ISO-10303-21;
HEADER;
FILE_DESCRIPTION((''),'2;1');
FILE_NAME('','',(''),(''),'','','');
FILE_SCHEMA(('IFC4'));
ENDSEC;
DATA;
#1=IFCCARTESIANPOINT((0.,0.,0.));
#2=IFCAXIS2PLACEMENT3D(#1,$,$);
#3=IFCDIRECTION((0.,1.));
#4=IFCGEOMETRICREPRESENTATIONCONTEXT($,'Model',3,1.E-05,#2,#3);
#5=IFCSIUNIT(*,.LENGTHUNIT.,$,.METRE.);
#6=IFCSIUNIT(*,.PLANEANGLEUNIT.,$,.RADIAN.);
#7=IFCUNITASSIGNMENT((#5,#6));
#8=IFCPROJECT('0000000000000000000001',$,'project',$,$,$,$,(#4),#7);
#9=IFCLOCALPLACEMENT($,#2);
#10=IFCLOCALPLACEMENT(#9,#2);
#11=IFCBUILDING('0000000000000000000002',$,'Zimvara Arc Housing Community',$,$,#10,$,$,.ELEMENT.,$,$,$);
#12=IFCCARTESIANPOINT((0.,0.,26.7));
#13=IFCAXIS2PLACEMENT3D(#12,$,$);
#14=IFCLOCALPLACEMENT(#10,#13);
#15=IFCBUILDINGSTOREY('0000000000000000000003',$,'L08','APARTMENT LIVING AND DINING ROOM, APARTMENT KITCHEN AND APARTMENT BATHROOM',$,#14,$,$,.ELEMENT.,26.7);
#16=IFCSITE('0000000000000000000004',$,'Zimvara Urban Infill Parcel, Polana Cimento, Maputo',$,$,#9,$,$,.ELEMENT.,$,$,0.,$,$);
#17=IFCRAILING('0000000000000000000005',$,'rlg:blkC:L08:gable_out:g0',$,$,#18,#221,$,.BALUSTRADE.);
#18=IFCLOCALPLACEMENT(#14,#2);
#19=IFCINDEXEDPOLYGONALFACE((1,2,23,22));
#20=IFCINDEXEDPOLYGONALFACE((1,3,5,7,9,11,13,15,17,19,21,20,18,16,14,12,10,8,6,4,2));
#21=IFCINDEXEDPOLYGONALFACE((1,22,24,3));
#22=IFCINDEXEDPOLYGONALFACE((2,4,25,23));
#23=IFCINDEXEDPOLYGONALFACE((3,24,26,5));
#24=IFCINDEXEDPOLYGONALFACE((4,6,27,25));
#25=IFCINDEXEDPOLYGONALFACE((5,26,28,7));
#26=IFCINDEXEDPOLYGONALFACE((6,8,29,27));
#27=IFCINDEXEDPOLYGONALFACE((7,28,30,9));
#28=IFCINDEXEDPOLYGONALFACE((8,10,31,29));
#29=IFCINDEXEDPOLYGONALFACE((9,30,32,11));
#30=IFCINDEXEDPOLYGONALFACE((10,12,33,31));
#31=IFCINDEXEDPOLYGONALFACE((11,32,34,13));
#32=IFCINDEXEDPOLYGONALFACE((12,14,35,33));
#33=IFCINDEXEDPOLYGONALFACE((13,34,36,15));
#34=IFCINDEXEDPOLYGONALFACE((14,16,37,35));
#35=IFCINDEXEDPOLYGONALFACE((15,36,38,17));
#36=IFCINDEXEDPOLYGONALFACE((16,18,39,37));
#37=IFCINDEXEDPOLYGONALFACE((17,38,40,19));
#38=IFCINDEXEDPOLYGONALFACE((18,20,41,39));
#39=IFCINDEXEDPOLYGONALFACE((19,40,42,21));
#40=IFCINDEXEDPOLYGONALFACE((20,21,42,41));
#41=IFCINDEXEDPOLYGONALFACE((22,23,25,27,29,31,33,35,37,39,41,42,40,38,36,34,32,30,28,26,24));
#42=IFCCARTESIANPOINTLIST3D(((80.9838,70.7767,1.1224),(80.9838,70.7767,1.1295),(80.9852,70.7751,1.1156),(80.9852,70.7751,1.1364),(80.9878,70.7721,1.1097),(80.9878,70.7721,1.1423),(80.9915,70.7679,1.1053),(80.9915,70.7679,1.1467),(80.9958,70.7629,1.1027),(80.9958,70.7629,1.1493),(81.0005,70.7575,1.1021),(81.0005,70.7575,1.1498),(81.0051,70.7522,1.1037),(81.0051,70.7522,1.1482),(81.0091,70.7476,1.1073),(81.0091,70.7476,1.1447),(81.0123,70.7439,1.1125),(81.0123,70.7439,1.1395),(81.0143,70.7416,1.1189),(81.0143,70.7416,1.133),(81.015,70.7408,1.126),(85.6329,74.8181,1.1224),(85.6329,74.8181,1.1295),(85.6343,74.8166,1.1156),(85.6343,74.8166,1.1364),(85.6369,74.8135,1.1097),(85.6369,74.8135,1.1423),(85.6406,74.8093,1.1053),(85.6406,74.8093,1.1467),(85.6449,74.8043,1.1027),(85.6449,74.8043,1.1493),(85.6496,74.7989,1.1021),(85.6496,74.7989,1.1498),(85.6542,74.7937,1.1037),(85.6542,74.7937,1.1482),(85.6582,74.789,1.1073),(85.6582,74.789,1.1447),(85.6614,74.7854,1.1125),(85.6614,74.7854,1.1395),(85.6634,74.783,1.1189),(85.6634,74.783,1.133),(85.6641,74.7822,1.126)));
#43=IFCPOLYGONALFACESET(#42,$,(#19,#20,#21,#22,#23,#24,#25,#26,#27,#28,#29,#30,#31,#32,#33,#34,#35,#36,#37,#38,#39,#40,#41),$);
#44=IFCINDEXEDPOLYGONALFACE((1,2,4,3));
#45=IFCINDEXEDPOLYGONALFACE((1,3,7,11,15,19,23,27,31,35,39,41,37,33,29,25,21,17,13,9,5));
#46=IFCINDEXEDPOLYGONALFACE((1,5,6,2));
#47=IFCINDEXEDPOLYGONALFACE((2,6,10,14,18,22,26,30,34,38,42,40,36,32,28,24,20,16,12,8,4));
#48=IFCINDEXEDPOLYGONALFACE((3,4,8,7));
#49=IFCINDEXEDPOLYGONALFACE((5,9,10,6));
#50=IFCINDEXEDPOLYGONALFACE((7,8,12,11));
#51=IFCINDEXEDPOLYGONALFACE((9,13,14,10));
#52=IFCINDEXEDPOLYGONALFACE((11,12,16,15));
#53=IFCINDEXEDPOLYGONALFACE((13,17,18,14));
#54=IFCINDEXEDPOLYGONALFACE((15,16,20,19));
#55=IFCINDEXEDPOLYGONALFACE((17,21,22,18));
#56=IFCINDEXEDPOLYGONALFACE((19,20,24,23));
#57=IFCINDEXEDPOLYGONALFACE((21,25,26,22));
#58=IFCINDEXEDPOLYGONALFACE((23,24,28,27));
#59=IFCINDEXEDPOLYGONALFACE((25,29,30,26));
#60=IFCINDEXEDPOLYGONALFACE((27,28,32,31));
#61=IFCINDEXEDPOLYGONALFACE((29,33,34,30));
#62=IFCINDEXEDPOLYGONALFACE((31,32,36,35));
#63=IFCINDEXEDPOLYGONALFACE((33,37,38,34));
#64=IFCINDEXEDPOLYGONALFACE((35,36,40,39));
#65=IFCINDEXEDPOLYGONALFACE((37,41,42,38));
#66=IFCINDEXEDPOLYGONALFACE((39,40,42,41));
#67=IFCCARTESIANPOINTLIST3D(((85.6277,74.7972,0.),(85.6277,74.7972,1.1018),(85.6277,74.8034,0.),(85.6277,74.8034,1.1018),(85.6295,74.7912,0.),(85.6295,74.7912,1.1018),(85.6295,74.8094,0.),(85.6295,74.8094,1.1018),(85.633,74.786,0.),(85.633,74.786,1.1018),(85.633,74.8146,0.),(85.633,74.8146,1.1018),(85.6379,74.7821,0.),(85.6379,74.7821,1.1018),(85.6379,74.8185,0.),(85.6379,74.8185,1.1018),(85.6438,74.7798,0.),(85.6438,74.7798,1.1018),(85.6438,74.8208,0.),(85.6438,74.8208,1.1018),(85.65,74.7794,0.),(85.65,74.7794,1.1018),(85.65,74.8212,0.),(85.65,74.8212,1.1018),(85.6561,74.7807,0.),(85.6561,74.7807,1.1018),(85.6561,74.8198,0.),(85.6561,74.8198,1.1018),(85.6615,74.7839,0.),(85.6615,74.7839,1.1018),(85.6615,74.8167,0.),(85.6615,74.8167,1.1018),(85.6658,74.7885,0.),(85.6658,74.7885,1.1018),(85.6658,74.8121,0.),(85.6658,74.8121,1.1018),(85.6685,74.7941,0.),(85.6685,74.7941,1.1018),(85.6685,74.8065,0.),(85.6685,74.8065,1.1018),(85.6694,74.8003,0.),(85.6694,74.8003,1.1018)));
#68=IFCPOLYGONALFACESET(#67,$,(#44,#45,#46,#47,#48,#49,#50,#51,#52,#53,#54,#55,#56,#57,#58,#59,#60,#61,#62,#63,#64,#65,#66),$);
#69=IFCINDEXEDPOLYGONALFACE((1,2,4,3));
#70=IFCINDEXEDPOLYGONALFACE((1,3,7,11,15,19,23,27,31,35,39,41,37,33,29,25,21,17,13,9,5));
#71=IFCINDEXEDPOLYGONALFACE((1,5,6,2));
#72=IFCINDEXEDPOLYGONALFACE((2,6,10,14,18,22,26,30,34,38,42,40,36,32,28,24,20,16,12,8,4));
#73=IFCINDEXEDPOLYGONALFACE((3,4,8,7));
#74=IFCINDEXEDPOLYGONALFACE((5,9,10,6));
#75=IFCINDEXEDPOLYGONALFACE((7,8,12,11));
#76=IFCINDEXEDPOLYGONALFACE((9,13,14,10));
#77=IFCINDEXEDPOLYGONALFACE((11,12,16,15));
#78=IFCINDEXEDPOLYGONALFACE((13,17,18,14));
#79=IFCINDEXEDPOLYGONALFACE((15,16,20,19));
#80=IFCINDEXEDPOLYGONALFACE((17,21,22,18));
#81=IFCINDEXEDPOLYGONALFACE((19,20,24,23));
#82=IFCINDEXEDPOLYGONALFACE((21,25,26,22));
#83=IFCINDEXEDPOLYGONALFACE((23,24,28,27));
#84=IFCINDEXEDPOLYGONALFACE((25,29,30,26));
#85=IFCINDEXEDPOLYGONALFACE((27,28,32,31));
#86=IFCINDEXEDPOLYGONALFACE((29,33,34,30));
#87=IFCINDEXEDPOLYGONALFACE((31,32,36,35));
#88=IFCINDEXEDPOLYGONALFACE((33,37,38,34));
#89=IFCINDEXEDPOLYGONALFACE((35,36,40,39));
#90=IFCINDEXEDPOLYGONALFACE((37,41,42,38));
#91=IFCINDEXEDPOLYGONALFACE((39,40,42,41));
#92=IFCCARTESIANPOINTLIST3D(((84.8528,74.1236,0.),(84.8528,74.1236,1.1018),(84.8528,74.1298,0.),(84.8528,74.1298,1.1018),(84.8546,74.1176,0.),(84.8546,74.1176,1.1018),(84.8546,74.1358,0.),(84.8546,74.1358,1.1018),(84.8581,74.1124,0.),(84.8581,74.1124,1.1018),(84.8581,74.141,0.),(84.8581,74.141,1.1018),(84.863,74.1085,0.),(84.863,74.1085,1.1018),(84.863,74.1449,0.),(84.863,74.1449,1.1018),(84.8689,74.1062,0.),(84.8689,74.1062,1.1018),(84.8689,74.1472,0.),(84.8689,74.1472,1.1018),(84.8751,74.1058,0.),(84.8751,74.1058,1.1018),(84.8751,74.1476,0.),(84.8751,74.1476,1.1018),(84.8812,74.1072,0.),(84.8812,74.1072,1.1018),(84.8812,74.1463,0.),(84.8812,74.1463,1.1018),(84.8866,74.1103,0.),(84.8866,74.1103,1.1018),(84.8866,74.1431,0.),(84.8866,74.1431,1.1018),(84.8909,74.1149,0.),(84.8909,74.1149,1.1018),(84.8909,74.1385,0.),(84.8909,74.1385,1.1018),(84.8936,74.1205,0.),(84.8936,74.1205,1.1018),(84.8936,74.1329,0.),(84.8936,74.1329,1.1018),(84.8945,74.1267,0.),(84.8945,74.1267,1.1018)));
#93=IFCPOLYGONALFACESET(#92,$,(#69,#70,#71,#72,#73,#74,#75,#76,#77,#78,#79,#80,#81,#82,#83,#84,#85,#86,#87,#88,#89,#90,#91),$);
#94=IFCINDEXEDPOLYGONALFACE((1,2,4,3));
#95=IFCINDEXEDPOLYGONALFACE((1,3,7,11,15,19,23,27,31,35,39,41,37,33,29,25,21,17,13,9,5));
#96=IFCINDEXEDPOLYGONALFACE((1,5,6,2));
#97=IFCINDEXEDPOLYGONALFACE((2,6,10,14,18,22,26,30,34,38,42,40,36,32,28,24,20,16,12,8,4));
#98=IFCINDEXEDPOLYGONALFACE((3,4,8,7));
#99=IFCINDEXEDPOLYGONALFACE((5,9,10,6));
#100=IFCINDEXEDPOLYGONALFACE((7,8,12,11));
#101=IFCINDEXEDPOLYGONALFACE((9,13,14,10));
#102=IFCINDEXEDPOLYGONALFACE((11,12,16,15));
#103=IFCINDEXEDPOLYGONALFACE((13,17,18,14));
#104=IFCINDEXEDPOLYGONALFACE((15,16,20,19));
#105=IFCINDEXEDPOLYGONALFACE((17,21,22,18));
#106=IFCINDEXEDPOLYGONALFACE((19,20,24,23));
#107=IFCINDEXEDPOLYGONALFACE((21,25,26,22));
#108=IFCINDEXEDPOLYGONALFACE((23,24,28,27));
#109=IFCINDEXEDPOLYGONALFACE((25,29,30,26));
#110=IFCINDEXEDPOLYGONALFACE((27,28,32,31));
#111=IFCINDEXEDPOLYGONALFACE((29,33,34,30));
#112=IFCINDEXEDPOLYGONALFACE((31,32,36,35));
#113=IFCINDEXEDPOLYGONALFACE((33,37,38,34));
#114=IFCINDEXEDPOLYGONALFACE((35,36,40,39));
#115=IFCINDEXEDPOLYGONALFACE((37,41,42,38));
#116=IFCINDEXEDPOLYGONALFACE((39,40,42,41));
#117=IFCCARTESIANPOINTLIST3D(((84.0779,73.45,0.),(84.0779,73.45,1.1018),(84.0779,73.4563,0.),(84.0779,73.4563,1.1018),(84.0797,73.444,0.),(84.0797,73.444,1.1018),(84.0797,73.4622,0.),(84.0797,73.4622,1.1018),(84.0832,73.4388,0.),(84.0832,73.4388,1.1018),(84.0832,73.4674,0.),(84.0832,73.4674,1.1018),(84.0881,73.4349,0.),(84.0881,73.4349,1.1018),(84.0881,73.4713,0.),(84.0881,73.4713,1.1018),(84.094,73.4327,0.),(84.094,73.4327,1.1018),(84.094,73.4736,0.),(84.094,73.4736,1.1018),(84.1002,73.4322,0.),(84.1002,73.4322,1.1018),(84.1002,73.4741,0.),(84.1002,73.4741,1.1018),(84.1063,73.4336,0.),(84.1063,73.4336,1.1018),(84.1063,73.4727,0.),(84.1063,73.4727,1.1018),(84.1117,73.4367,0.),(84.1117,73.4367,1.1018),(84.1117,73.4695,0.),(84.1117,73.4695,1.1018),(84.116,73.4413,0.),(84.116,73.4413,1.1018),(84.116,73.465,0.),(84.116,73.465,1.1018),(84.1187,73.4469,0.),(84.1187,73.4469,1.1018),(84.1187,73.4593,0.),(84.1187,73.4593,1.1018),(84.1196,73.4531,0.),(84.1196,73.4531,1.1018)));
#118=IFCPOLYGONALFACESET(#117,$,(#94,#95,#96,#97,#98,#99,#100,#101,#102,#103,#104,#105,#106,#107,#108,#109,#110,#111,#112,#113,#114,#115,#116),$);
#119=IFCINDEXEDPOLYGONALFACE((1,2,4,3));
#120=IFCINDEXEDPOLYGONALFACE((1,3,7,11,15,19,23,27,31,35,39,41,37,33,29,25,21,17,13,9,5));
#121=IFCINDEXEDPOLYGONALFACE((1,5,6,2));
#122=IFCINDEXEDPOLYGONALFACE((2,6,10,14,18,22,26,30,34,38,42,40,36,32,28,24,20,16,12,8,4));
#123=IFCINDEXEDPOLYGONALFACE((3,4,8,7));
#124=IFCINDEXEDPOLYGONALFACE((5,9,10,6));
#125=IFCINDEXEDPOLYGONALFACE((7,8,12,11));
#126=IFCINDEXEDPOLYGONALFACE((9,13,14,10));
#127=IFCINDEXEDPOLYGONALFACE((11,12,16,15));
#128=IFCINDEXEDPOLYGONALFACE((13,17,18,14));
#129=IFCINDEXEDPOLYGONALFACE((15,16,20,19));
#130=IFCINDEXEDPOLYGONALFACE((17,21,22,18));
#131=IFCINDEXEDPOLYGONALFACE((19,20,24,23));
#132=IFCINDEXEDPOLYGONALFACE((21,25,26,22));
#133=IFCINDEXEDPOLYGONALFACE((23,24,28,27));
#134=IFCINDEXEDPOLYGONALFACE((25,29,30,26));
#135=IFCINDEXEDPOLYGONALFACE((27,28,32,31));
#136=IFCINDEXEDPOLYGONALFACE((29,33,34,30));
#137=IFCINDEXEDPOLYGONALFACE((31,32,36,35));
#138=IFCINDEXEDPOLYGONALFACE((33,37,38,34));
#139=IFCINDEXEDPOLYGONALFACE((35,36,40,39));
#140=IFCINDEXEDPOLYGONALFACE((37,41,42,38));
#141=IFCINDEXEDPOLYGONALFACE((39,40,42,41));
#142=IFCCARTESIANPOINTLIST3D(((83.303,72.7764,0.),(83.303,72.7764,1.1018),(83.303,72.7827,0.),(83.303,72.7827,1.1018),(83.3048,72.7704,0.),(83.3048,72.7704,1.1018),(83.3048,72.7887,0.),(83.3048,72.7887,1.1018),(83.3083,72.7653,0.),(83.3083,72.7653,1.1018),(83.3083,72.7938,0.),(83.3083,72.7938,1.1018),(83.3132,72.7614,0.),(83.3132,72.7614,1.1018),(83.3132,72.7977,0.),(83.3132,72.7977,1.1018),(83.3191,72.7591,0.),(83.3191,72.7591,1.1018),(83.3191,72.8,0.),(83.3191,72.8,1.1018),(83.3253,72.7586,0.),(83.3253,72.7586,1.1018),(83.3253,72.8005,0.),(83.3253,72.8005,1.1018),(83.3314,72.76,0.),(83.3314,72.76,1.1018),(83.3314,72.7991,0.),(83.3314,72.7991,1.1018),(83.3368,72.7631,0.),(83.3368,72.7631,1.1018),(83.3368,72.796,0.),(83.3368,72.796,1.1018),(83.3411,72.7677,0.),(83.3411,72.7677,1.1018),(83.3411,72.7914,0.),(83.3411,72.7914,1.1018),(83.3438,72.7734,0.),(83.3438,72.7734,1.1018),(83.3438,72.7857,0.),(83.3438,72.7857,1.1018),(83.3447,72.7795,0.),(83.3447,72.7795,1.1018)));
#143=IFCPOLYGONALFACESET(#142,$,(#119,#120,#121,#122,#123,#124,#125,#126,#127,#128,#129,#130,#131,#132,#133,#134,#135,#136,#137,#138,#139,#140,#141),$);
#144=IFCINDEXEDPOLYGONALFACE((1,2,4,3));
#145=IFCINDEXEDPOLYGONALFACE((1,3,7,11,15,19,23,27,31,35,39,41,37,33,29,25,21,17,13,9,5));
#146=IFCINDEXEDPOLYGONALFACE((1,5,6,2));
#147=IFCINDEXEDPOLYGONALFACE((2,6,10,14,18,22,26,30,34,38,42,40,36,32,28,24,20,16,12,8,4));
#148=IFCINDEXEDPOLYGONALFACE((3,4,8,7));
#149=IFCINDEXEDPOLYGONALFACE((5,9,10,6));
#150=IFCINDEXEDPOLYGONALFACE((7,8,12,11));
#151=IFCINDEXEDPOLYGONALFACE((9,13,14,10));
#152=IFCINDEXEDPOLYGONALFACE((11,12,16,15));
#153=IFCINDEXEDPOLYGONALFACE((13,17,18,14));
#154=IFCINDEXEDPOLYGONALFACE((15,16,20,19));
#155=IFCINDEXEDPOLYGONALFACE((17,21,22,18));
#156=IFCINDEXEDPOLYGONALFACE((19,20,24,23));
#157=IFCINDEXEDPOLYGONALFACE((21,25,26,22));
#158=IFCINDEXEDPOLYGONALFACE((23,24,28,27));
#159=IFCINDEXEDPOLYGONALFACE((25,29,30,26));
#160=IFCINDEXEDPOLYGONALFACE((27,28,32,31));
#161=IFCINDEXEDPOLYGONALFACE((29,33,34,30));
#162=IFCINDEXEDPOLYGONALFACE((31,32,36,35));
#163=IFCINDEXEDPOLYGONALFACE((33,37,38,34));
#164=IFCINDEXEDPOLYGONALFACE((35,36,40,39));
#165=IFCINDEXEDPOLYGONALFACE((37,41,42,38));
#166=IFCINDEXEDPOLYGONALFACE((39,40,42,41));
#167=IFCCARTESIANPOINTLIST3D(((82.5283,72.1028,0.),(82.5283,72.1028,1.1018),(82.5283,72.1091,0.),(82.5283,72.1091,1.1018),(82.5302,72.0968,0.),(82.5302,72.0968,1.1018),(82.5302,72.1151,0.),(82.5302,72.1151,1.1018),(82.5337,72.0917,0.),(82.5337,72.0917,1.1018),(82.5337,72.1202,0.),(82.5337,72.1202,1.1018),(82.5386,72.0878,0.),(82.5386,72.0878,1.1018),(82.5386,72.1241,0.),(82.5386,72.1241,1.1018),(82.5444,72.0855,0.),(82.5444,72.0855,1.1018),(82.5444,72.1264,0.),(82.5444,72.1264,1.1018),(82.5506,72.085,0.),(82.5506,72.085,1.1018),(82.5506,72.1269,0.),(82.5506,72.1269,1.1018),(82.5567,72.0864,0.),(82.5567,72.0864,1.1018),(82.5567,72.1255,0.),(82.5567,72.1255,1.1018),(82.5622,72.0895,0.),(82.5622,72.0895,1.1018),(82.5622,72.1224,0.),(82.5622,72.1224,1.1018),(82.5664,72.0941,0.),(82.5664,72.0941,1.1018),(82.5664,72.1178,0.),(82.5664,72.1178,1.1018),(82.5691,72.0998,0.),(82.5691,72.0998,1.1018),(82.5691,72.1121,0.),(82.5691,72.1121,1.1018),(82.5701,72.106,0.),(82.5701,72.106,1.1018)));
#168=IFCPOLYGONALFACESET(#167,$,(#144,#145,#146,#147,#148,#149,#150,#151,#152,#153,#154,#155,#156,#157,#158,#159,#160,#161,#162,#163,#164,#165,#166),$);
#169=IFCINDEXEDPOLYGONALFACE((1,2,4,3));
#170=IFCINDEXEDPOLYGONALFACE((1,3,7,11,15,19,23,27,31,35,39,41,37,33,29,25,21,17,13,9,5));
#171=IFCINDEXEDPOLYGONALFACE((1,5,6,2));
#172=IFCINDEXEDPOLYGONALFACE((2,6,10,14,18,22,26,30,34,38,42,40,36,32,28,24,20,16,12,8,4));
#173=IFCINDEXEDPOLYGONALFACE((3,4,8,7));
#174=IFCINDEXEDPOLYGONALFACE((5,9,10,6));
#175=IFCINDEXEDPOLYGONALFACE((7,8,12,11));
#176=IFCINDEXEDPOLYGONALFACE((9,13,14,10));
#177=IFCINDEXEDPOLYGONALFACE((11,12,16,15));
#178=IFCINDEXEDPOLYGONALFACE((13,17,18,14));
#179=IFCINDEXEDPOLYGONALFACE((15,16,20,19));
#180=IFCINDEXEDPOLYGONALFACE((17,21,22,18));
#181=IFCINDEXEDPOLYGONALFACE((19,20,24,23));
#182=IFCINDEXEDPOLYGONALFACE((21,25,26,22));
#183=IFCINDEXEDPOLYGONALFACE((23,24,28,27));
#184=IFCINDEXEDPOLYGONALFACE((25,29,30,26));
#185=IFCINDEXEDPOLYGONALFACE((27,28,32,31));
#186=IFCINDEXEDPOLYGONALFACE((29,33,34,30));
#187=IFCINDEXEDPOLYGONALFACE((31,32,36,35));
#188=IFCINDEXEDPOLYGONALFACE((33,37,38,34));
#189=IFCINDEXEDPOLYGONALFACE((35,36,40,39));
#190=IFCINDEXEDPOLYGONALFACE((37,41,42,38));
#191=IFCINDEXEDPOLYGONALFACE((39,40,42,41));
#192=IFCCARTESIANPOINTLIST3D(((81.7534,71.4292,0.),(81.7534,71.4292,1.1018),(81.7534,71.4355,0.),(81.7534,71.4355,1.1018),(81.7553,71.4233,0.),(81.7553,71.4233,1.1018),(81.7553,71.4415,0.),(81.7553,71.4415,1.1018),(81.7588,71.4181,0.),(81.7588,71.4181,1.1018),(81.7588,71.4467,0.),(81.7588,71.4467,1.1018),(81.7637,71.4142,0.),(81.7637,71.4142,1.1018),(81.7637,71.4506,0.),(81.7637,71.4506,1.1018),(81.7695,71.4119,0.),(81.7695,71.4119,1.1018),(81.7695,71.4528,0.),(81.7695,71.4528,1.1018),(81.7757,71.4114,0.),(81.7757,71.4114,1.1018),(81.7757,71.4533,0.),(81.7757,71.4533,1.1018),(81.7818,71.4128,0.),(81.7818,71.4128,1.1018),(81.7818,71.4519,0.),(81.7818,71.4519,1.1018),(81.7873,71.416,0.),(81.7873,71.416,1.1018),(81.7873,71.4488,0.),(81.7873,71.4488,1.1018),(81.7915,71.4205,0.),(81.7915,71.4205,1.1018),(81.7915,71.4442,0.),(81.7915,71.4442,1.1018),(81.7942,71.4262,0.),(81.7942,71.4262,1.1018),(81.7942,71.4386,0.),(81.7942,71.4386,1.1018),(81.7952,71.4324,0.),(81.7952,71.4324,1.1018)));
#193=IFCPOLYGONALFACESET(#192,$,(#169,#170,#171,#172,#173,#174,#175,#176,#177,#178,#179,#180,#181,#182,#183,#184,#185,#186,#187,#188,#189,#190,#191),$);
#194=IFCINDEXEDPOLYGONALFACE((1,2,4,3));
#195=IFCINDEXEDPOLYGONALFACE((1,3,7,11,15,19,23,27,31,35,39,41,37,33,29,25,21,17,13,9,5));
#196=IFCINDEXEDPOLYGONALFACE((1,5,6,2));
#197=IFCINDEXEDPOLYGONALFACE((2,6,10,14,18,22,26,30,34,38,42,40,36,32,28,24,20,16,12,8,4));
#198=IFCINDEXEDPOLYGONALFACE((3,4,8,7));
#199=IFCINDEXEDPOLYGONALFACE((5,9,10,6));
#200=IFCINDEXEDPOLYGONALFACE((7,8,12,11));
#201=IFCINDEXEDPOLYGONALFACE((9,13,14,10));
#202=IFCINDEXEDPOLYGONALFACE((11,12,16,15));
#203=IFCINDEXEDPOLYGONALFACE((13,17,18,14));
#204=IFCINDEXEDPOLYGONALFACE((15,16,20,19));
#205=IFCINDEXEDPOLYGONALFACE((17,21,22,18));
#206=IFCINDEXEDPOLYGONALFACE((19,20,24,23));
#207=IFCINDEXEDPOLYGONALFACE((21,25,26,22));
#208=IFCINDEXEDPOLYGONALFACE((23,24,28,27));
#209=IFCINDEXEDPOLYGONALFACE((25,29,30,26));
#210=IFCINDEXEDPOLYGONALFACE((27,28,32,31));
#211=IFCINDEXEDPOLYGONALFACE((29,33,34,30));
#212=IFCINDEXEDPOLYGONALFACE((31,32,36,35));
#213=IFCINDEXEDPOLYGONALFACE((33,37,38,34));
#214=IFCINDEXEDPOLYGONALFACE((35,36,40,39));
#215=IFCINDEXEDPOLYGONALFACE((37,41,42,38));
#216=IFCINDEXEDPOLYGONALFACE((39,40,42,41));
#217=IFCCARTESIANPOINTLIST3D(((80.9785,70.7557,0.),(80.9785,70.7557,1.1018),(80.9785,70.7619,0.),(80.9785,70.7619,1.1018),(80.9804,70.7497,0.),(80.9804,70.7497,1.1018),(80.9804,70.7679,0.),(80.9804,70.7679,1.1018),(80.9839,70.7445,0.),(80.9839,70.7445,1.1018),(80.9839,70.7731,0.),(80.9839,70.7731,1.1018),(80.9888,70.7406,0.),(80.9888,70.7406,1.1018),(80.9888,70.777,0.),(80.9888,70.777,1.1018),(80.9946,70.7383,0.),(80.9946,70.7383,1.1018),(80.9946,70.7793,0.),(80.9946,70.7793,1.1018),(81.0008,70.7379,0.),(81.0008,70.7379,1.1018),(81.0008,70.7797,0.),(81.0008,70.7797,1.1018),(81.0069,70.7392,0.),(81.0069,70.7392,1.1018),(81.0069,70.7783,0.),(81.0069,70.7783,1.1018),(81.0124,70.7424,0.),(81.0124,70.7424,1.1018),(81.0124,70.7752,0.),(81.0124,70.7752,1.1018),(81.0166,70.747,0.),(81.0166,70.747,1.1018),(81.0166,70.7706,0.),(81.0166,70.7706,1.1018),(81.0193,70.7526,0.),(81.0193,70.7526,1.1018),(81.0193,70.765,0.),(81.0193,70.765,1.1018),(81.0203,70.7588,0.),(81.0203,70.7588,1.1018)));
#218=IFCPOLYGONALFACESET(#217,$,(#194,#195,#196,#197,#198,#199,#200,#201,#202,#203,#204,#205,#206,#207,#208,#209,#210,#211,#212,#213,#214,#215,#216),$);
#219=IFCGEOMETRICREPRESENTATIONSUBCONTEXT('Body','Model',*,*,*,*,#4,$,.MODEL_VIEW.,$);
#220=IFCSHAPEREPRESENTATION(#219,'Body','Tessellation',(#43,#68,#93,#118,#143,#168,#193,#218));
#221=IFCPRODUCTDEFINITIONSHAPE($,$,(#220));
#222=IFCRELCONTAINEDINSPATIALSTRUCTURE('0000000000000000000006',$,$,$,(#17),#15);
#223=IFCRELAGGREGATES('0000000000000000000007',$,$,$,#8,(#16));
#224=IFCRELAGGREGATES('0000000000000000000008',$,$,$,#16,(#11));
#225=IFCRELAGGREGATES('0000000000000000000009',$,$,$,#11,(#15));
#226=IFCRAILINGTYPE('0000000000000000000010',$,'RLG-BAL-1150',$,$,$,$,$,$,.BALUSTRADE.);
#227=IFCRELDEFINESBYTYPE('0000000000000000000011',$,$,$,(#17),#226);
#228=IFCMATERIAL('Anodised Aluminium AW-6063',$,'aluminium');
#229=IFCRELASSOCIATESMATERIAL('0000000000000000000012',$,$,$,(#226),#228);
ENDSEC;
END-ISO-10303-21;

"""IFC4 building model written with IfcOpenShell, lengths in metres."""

from ifc_helpers import new_model, si_unit, direction, frame, origin, origin_2d, place, context, subcontext, project, spatial, circle, extrude, material, type_object, element, save


model = new_model("IFC4")

# Units and contexts
model_context = context("Model", 3, precision=1e-05, world=origin(), true_north=direction((0.0, 1.0)))
body_context = subcontext(model_context, "Body", "Model", "MODEL_VIEW")
ifc_project = project(units=[si_unit("LENGTHUNIT", "METRE"), si_unit("PLANEANGLEUNIT", "RADIAN")], contexts=[model_context])

# Site, building, storey
site_placement = place(None, origin())
site = spatial("IfcSite", under=ifc_project, at=site_placement, Name="Zimvara Urban Infill Parcel, Polana Cimento, Maputo", CompositionType="ELEMENT", RefElevation=0.0)
building_placement = place(site_placement, origin())
building = spatial("IfcBuilding", under=site, at=building_placement, Name="Zimvara Arc Housing Community", CompositionType="ELEMENT")
storey_placement = place(building_placement, frame((0.0, 0.0, 26.7)))
storey = spatial("IfcBuildingStorey", under=building, at=storey_placement, Name="L08", Description="APARTMENT LIVING AND DINING ROOM, APARTMENT KITCHEN AND APARTMENT BATHROOM", CompositionType="ELEMENT", Elevation=26.7)

# Railing
ifc_material_1 = material(Name="Anodised Aluminium AW-6063", Category="aluminium")
railing_type_1 = type_object("IfcRailingType", Name="RLG-BAL-1150", PredefinedType="BALUSTRADE", material=ifc_material_1)
railing_1_placement = place(storey_placement, frame((85.6484, 74.8003, 0.0)))
element("IfcRailing", 1, at=railing_1_placement, inside=storey, type_object=railing_type_1, Name="rlg:blkC:L08:gable_out:g0", PredefinedType="BALUSTRADE", context=body_context, shape_type="SweptSolid", body=[
    extrude(circle(Radius=0.0239, at=origin_2d()), frame((0.0, 0.0, 1.126), z_axis=(-0.754706, -0.656063, 0.0), x_axis=(0.656063, -0.754706, 0.0)), (0.0, 0.0, 1.0), 6.1602),
    extrude(circle(Radius=0.021, at=origin_2d()), origin(), (0.0, 0.0, 1.0), 1.1018),
    extrude(circle(Radius=0.021, at=origin_2d()), frame((-0.7749, -0.6736, 0.0)), (0.0, 0.0, 1.0), 1.1018),
    extrude(circle(Radius=0.021, at=origin_2d()), frame((-1.5498, -1.3472, 0.0)), (0.0, 0.0, 1.0), 1.1018),
    extrude(circle(Radius=0.021, at=origin_2d()), frame((-2.3247, -2.0208, 0.0)), (0.0, 0.0, 1.0), 1.1018),
    extrude(circle(Radius=0.021, at=origin_2d()), frame((-3.0994, -2.6943, 0.0)), (0.0, 0.0, 1.0), 1.1018),
    extrude(circle(Radius=0.021, at=origin_2d()), frame((-3.8743, -3.3679, 0.0)), (0.0, 0.0, 1.0), 1.1018),
    extrude(circle(Radius=0.021, at=origin_2d()), frame((-4.6492, -4.0415, 0.0)), (0.0, 0.0, 1.0), 1.1018),
])

save(model, "model.ifc")
